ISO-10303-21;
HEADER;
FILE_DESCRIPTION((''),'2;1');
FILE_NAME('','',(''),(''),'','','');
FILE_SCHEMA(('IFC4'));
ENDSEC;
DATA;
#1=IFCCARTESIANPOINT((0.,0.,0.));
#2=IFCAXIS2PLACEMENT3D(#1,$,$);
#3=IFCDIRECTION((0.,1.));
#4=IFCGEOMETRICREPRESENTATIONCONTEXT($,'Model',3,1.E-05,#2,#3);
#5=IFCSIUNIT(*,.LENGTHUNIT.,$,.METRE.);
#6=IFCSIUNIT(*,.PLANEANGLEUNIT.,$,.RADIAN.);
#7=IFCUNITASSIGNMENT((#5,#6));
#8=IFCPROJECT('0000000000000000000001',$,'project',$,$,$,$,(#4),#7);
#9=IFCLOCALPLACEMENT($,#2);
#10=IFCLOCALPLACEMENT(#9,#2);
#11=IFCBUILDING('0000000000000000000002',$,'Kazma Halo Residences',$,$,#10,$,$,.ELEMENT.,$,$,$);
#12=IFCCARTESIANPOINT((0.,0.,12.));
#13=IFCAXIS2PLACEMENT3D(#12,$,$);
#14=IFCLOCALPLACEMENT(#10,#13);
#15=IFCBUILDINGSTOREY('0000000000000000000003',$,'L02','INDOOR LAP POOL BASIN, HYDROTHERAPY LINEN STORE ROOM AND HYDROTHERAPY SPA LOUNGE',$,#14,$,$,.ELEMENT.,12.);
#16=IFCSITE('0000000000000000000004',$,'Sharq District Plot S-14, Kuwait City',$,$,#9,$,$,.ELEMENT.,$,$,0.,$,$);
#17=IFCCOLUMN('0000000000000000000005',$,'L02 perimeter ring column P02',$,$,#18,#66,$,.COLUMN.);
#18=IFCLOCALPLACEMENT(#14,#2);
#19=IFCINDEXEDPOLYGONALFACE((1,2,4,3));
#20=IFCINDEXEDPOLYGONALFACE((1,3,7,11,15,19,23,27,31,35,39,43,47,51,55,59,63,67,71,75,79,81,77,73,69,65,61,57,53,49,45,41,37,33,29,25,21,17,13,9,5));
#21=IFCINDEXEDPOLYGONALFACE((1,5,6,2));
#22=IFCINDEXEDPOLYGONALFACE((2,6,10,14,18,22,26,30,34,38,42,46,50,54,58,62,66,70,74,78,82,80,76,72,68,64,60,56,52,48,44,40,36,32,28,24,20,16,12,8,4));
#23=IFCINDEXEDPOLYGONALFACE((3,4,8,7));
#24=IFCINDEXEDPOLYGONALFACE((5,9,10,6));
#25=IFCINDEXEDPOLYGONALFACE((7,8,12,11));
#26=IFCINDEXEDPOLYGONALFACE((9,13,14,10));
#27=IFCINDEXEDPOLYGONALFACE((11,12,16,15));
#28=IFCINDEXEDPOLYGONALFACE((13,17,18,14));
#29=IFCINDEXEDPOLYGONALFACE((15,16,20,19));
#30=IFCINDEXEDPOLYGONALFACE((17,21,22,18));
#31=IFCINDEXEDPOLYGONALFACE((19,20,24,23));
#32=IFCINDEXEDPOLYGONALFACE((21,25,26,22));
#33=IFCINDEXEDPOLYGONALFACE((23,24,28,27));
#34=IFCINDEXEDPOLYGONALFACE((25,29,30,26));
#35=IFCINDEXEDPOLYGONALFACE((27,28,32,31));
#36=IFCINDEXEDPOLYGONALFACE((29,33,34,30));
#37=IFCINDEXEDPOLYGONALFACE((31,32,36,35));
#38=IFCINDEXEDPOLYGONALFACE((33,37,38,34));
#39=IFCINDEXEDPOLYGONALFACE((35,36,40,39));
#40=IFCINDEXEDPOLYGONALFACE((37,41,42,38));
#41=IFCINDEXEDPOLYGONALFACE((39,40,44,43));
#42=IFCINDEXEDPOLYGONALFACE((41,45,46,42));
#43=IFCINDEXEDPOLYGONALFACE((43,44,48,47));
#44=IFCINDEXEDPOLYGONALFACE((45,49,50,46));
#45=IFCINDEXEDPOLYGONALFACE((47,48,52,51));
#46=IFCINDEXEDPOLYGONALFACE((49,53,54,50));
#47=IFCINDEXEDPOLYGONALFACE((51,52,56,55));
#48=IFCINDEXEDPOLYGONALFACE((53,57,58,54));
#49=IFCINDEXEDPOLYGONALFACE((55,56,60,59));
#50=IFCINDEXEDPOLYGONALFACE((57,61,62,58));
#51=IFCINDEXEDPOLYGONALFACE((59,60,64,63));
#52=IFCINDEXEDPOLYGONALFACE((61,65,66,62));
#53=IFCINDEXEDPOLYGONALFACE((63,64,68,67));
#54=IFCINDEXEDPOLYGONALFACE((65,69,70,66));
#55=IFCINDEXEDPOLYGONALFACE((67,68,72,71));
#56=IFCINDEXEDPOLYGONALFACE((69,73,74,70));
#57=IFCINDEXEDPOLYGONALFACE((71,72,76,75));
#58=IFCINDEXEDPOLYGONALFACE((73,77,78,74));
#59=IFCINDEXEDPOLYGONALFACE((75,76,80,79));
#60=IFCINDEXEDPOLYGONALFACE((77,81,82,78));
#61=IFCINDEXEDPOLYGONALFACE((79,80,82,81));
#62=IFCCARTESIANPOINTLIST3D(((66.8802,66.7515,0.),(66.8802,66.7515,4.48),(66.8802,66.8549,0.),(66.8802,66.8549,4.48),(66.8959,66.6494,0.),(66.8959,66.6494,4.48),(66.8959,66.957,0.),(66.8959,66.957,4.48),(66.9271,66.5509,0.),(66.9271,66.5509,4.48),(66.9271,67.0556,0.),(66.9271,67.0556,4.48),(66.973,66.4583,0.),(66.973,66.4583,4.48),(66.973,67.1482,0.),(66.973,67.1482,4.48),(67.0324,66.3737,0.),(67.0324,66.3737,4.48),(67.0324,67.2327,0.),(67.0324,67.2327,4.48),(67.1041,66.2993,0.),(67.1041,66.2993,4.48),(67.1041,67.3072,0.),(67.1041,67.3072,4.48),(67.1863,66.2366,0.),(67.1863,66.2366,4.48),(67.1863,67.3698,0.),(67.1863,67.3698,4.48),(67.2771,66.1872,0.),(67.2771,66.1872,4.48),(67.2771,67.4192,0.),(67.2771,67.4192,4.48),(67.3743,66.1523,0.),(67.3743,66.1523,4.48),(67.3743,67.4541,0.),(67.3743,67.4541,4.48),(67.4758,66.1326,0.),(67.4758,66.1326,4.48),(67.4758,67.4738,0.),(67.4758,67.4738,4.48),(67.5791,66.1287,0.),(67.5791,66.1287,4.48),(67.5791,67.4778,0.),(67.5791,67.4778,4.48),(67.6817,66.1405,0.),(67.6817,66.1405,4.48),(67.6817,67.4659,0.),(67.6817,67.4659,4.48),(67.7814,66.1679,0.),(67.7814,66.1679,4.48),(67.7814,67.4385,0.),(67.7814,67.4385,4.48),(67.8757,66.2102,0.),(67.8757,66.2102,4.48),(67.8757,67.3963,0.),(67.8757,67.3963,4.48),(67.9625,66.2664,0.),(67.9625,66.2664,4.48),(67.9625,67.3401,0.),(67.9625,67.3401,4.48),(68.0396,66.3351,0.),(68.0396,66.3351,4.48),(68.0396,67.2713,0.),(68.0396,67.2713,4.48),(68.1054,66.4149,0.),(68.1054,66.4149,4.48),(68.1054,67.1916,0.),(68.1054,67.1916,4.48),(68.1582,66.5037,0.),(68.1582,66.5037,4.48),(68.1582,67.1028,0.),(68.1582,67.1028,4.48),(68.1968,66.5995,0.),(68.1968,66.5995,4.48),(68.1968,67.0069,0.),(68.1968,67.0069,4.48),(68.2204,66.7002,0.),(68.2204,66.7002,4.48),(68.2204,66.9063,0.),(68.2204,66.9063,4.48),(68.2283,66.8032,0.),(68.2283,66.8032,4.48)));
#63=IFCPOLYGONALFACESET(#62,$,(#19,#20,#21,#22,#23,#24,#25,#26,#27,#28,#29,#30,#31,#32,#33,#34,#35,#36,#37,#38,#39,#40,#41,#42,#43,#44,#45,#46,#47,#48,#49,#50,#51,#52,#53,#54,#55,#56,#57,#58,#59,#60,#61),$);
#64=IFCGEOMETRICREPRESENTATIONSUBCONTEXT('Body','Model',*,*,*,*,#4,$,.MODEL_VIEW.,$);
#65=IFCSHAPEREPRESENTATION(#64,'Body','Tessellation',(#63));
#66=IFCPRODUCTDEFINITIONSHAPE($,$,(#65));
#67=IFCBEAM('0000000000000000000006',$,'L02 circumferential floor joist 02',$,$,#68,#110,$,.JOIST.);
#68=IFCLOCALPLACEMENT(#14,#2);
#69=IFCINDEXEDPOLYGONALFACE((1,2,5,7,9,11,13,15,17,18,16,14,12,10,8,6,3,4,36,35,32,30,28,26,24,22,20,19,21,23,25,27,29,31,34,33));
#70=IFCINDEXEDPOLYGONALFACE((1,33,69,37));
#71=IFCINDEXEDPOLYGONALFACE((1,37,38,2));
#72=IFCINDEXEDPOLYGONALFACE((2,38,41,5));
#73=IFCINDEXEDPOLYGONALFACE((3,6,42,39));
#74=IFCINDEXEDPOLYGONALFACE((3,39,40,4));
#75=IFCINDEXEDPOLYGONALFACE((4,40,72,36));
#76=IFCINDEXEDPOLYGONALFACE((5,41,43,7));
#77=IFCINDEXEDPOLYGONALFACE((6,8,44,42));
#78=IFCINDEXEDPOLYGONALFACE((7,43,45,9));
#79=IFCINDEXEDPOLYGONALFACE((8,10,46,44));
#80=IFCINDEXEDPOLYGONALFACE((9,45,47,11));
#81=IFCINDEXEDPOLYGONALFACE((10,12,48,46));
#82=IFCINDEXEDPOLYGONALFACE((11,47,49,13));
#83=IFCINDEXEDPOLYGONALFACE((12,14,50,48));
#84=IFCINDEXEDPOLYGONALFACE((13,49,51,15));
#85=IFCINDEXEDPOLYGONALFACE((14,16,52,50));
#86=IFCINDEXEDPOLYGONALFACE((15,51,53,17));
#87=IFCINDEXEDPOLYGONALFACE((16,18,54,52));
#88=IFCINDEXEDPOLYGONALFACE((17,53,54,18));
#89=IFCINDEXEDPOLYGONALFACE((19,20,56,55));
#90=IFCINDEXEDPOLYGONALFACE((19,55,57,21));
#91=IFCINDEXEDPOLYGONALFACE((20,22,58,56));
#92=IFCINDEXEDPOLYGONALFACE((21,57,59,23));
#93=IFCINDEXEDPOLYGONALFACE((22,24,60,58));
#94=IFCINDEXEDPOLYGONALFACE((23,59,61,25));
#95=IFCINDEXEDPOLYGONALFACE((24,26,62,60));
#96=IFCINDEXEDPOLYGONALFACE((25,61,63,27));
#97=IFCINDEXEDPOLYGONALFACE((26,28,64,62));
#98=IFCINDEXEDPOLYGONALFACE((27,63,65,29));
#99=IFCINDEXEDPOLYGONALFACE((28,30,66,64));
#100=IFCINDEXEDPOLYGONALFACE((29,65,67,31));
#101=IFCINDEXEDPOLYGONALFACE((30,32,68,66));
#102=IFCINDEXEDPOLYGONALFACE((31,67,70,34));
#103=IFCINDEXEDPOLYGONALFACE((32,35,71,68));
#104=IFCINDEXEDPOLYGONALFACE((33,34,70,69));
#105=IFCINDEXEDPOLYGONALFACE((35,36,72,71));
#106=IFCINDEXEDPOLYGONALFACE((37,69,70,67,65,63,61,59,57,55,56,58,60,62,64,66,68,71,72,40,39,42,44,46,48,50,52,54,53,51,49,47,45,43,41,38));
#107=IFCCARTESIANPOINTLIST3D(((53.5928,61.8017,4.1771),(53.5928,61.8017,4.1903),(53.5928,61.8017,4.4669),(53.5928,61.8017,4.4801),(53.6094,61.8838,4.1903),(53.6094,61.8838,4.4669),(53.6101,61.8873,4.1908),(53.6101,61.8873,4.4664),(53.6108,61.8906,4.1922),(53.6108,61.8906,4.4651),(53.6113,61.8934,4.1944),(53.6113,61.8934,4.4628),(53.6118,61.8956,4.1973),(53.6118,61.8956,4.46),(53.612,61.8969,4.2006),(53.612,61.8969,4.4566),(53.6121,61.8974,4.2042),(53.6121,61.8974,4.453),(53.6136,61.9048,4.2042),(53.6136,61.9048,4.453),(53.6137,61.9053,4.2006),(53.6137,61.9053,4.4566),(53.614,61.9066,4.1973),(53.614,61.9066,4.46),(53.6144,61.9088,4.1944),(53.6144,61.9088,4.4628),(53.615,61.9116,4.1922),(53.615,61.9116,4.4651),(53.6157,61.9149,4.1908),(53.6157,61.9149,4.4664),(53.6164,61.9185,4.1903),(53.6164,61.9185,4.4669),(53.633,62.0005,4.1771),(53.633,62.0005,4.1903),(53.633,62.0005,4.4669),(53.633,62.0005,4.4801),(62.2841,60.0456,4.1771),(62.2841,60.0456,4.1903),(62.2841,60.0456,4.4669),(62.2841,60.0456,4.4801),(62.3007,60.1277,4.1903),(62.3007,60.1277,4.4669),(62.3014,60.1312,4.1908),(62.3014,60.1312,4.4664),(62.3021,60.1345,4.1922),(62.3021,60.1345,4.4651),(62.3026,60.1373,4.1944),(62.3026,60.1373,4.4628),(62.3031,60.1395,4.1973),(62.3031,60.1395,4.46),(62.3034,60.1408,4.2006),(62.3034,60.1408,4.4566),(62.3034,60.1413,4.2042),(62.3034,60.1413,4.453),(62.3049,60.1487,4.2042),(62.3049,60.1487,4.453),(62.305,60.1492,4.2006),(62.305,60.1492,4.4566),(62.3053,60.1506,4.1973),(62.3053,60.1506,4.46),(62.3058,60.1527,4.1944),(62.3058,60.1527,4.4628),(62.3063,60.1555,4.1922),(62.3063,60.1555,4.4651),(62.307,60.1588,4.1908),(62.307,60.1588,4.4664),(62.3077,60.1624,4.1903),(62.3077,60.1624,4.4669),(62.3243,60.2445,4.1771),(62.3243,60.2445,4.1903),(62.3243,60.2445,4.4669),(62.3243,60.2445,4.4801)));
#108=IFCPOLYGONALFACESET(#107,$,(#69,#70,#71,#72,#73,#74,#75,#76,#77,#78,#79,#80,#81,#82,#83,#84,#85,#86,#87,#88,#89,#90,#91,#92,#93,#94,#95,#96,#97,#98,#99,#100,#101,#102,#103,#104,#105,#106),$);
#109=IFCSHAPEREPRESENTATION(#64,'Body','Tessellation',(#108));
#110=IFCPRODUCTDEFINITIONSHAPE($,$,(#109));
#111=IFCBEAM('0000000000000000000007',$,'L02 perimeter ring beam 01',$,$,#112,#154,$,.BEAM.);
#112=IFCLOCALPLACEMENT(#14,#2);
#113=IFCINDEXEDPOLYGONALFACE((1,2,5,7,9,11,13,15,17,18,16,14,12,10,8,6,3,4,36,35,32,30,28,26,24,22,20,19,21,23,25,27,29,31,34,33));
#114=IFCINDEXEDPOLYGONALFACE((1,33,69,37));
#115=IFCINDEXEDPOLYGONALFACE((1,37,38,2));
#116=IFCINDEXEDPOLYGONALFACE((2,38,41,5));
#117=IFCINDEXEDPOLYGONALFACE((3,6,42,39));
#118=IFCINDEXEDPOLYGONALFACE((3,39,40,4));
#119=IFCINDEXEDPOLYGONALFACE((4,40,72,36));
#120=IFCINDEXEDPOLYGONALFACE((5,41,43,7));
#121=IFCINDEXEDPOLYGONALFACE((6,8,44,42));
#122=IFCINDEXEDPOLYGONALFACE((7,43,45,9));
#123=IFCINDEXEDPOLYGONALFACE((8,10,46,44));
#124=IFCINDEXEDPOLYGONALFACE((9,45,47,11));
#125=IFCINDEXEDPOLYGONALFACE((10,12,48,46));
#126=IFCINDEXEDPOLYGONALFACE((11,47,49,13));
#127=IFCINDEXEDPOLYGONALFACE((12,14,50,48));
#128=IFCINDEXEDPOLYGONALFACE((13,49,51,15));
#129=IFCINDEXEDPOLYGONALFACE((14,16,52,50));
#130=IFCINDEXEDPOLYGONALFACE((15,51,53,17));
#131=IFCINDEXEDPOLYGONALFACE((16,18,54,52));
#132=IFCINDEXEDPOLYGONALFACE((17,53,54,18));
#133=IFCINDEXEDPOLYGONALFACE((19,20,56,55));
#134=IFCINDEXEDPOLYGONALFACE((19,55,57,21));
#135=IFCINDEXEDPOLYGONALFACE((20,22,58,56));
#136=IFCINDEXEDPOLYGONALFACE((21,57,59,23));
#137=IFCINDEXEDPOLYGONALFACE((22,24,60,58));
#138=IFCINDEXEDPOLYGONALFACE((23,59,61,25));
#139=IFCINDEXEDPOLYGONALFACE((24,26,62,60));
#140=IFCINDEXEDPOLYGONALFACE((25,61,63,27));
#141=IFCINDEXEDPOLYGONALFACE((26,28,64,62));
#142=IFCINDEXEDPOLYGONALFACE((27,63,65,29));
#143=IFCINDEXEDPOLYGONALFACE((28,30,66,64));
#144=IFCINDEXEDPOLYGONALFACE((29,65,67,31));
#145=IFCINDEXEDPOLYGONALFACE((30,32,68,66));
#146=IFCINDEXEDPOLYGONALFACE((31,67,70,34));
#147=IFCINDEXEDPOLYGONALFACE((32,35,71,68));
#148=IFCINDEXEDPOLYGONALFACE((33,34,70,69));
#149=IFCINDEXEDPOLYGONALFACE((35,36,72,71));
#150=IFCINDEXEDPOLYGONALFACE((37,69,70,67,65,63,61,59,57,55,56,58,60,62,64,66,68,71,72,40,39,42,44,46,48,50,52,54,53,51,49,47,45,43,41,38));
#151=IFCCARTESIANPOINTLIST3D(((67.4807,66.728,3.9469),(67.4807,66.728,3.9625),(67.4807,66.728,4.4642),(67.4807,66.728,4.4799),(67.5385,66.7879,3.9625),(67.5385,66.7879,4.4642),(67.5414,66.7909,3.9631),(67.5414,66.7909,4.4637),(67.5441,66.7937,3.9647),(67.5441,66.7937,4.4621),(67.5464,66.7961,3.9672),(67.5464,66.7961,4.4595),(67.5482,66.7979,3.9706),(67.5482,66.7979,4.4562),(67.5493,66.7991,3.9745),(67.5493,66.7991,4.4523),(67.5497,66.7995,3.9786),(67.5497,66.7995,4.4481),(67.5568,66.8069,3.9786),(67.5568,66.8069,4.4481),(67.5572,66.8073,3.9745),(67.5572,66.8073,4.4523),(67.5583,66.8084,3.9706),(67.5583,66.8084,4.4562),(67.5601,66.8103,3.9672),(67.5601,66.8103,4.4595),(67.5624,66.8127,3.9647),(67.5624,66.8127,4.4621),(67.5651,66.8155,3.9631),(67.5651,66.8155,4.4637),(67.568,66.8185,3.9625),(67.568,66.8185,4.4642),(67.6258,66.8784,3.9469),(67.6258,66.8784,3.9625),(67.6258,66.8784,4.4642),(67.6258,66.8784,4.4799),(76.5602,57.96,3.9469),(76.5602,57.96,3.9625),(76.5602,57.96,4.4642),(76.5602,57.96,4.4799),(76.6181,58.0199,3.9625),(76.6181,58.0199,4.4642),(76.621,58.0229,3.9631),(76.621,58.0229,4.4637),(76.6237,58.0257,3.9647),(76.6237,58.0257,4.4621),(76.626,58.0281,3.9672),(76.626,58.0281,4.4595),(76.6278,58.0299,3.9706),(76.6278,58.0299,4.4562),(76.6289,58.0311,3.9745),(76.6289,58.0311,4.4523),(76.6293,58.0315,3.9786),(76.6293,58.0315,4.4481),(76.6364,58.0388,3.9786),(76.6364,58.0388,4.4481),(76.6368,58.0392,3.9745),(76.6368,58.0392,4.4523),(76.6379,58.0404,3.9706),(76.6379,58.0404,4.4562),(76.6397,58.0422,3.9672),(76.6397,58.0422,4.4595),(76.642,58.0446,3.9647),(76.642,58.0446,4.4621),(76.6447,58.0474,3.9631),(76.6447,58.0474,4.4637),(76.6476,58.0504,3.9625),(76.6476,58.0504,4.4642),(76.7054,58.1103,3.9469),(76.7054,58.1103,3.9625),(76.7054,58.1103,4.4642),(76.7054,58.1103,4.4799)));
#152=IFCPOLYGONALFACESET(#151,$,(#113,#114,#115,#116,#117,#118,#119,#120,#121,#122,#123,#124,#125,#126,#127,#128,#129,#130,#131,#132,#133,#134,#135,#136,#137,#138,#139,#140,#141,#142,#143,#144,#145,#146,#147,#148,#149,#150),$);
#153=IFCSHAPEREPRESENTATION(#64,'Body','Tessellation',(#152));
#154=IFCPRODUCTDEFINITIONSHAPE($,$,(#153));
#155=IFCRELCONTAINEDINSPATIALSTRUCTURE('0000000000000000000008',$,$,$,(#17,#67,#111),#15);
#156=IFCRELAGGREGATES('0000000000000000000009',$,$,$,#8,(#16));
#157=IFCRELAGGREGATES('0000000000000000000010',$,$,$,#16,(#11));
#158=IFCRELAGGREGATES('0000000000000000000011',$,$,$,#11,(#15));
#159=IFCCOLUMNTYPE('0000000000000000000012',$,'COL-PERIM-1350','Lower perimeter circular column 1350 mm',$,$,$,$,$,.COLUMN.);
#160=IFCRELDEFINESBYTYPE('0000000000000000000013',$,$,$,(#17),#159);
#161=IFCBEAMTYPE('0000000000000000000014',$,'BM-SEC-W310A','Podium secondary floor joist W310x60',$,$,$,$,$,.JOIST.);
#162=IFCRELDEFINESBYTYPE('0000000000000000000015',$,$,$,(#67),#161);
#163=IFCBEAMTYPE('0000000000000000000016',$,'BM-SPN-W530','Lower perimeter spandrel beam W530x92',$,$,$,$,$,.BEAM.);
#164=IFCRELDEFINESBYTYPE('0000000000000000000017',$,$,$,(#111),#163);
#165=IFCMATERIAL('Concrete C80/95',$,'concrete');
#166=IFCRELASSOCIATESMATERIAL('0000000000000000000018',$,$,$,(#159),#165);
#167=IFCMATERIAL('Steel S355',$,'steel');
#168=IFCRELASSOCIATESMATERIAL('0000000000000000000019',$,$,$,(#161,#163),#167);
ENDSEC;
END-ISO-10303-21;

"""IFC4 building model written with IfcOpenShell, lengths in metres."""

from ifc_helpers import new_model, si_unit, direction, frame, origin, origin_2d, place, context, subcontext, project, spatial, circle, i_section, extrude, material, material_profile, profile_set, type_object, element, save


model = new_model("IFC4")

# Units and contexts
model_context = context("Model", 3, precision=1e-05, world=origin(), true_north=direction((0.0, 1.0)))
body_context = subcontext(model_context, "Body", "Model", "MODEL_VIEW")
ifc_project = project(units=[si_unit("LENGTHUNIT", "METRE"), si_unit("PLANEANGLEUNIT", "RADIAN")], contexts=[model_context])

# Site, building, storey
site_placement = place(None, origin())
site = spatial("IfcSite", under=ifc_project, at=site_placement, Name="Sharq District Plot S-14, Kuwait City", CompositionType="ELEMENT", RefElevation=0.0)
building_placement = place(site_placement, origin())
building = spatial("IfcBuilding", under=site, at=building_placement, Name="Kazma Halo Residences", CompositionType="ELEMENT")
storey_placement = place(building_placement, frame((0.0, 0.0, 12.0)))
storey = spatial("IfcBuildingStorey", under=building, at=storey_placement, Name="L02", Description="INDOOR LAP POOL BASIN, HYDROTHERAPY LINEN STORE ROOM AND HYDROTHERAPY SPA LOUNGE", CompositionType="ELEMENT", Elevation=12.0)

# Column
ifc_material_1 = material(Name="Concrete C80/95", Category="concrete")
ifc_material_profile_1 = material_profile(ifc_material_1, circle(Radius=0.675, at=origin_2d()), Name="CIRC1350")
ifc_profile_set_1 = profile_set([ifc_material_profile_1], Name="Concrete C80/95")
column_type = type_object("IfcColumnType", Name="COL-PERIM-1350", Description="Lower perimeter circular column 1350 mm", PredefinedType="COLUMN", material=ifc_profile_set_1)
column_placement = place(storey_placement, frame((67.5532, 66.8032, 0.0), z_axis=(0.0, 0.0, 1.0), x_axis=(1.0, 0.0, 0.0)))
element("IfcColumn", 1, at=column_placement, inside=storey, type_object=column_type, Name="L02 perimeter ring column P02", PredefinedType="COLUMN", context=body_context, shape_type="SweptSolid", body=[
    extrude(circle(Radius=0.675, at=origin_2d()), origin(), (0.0, 0.0, 1.0), 4.48),
])

# Beams
ifc_material_2 = material(Name="Steel S355", Category="steel")
ifc_material_profile_2 = material_profile(ifc_material_2, i_section(OverallWidth=0.2029, OverallDepth=0.303, WebThickness=0.0076, FlangeThickness=0.0132, FilletRadius=0.0139, at=origin_2d()), Name="W310x60")
ifc_profile_set_2 = profile_set([ifc_material_profile_2], Name="Steel S355")
beam_type_1 = type_object("IfcBeamType", Name="BM-SEC-W310A", Description="Podium secondary floor joist W310x60", PredefinedType="JOIST", material=ifc_profile_set_2)
beam_1_placement = place(storey_placement, frame((62.3042, 60.145, 4.3286), z_axis=(-0.980192, 0.198048, 0.0), x_axis=(-0.198048, -0.980192, 0.0)))
element("IfcBeam", 2, at=beam_1_placement, inside=storey, type_object=beam_type_1, Name="L02 circumferential floor joist 02", PredefinedType="JOIST", context=body_context, shape_type="SweptSolid", body=[
    extrude(i_section(OverallWidth=0.2029, OverallDepth=0.303, WebThickness=0.0076, FlangeThickness=0.0132, FilletRadius=0.0139, at=origin_2d()), origin(), (0.0, 0.0, 1.0), 8.8669),
])
ifc_material_profile_3 = material_profile(ifc_material_2, i_section(OverallWidth=0.209, OverallDepth=0.533, WebThickness=0.0103, FlangeThickness=0.0156, FilletRadius=0.0161, at=origin_2d()), Name="W530x92")
ifc_profile_set_3 = profile_set([ifc_material_profile_3], Name="Steel S355")
beam_type_2 = type_object("IfcBeamType", Name="BM-SPN-W530", Description="Lower perimeter spandrel beam W530x92", PredefinedType="BEAM", material=ifc_profile_set_3)
beam_2_placement = place(storey_placement, frame((76.6328, 58.0352, 4.2134), z_axis=(-0.719339, 0.694659, 0.0), x_axis=(-0.694659, -0.719339, 0.0)))
element("IfcBeam", 3, at=beam_2_placement, inside=storey, type_object=beam_type_2, Name="L02 perimeter ring beam 01", PredefinedType="BEAM", context=body_context, shape_type="SweptSolid", body=[
    extrude(i_section(OverallWidth=0.209, OverallDepth=0.533, WebThickness=0.0103, FlangeThickness=0.0156, FilletRadius=0.0161, at=origin_2d()), origin(), (0.0, 0.0, 1.0), 12.6221),
])

save(model, "model.ifc")
